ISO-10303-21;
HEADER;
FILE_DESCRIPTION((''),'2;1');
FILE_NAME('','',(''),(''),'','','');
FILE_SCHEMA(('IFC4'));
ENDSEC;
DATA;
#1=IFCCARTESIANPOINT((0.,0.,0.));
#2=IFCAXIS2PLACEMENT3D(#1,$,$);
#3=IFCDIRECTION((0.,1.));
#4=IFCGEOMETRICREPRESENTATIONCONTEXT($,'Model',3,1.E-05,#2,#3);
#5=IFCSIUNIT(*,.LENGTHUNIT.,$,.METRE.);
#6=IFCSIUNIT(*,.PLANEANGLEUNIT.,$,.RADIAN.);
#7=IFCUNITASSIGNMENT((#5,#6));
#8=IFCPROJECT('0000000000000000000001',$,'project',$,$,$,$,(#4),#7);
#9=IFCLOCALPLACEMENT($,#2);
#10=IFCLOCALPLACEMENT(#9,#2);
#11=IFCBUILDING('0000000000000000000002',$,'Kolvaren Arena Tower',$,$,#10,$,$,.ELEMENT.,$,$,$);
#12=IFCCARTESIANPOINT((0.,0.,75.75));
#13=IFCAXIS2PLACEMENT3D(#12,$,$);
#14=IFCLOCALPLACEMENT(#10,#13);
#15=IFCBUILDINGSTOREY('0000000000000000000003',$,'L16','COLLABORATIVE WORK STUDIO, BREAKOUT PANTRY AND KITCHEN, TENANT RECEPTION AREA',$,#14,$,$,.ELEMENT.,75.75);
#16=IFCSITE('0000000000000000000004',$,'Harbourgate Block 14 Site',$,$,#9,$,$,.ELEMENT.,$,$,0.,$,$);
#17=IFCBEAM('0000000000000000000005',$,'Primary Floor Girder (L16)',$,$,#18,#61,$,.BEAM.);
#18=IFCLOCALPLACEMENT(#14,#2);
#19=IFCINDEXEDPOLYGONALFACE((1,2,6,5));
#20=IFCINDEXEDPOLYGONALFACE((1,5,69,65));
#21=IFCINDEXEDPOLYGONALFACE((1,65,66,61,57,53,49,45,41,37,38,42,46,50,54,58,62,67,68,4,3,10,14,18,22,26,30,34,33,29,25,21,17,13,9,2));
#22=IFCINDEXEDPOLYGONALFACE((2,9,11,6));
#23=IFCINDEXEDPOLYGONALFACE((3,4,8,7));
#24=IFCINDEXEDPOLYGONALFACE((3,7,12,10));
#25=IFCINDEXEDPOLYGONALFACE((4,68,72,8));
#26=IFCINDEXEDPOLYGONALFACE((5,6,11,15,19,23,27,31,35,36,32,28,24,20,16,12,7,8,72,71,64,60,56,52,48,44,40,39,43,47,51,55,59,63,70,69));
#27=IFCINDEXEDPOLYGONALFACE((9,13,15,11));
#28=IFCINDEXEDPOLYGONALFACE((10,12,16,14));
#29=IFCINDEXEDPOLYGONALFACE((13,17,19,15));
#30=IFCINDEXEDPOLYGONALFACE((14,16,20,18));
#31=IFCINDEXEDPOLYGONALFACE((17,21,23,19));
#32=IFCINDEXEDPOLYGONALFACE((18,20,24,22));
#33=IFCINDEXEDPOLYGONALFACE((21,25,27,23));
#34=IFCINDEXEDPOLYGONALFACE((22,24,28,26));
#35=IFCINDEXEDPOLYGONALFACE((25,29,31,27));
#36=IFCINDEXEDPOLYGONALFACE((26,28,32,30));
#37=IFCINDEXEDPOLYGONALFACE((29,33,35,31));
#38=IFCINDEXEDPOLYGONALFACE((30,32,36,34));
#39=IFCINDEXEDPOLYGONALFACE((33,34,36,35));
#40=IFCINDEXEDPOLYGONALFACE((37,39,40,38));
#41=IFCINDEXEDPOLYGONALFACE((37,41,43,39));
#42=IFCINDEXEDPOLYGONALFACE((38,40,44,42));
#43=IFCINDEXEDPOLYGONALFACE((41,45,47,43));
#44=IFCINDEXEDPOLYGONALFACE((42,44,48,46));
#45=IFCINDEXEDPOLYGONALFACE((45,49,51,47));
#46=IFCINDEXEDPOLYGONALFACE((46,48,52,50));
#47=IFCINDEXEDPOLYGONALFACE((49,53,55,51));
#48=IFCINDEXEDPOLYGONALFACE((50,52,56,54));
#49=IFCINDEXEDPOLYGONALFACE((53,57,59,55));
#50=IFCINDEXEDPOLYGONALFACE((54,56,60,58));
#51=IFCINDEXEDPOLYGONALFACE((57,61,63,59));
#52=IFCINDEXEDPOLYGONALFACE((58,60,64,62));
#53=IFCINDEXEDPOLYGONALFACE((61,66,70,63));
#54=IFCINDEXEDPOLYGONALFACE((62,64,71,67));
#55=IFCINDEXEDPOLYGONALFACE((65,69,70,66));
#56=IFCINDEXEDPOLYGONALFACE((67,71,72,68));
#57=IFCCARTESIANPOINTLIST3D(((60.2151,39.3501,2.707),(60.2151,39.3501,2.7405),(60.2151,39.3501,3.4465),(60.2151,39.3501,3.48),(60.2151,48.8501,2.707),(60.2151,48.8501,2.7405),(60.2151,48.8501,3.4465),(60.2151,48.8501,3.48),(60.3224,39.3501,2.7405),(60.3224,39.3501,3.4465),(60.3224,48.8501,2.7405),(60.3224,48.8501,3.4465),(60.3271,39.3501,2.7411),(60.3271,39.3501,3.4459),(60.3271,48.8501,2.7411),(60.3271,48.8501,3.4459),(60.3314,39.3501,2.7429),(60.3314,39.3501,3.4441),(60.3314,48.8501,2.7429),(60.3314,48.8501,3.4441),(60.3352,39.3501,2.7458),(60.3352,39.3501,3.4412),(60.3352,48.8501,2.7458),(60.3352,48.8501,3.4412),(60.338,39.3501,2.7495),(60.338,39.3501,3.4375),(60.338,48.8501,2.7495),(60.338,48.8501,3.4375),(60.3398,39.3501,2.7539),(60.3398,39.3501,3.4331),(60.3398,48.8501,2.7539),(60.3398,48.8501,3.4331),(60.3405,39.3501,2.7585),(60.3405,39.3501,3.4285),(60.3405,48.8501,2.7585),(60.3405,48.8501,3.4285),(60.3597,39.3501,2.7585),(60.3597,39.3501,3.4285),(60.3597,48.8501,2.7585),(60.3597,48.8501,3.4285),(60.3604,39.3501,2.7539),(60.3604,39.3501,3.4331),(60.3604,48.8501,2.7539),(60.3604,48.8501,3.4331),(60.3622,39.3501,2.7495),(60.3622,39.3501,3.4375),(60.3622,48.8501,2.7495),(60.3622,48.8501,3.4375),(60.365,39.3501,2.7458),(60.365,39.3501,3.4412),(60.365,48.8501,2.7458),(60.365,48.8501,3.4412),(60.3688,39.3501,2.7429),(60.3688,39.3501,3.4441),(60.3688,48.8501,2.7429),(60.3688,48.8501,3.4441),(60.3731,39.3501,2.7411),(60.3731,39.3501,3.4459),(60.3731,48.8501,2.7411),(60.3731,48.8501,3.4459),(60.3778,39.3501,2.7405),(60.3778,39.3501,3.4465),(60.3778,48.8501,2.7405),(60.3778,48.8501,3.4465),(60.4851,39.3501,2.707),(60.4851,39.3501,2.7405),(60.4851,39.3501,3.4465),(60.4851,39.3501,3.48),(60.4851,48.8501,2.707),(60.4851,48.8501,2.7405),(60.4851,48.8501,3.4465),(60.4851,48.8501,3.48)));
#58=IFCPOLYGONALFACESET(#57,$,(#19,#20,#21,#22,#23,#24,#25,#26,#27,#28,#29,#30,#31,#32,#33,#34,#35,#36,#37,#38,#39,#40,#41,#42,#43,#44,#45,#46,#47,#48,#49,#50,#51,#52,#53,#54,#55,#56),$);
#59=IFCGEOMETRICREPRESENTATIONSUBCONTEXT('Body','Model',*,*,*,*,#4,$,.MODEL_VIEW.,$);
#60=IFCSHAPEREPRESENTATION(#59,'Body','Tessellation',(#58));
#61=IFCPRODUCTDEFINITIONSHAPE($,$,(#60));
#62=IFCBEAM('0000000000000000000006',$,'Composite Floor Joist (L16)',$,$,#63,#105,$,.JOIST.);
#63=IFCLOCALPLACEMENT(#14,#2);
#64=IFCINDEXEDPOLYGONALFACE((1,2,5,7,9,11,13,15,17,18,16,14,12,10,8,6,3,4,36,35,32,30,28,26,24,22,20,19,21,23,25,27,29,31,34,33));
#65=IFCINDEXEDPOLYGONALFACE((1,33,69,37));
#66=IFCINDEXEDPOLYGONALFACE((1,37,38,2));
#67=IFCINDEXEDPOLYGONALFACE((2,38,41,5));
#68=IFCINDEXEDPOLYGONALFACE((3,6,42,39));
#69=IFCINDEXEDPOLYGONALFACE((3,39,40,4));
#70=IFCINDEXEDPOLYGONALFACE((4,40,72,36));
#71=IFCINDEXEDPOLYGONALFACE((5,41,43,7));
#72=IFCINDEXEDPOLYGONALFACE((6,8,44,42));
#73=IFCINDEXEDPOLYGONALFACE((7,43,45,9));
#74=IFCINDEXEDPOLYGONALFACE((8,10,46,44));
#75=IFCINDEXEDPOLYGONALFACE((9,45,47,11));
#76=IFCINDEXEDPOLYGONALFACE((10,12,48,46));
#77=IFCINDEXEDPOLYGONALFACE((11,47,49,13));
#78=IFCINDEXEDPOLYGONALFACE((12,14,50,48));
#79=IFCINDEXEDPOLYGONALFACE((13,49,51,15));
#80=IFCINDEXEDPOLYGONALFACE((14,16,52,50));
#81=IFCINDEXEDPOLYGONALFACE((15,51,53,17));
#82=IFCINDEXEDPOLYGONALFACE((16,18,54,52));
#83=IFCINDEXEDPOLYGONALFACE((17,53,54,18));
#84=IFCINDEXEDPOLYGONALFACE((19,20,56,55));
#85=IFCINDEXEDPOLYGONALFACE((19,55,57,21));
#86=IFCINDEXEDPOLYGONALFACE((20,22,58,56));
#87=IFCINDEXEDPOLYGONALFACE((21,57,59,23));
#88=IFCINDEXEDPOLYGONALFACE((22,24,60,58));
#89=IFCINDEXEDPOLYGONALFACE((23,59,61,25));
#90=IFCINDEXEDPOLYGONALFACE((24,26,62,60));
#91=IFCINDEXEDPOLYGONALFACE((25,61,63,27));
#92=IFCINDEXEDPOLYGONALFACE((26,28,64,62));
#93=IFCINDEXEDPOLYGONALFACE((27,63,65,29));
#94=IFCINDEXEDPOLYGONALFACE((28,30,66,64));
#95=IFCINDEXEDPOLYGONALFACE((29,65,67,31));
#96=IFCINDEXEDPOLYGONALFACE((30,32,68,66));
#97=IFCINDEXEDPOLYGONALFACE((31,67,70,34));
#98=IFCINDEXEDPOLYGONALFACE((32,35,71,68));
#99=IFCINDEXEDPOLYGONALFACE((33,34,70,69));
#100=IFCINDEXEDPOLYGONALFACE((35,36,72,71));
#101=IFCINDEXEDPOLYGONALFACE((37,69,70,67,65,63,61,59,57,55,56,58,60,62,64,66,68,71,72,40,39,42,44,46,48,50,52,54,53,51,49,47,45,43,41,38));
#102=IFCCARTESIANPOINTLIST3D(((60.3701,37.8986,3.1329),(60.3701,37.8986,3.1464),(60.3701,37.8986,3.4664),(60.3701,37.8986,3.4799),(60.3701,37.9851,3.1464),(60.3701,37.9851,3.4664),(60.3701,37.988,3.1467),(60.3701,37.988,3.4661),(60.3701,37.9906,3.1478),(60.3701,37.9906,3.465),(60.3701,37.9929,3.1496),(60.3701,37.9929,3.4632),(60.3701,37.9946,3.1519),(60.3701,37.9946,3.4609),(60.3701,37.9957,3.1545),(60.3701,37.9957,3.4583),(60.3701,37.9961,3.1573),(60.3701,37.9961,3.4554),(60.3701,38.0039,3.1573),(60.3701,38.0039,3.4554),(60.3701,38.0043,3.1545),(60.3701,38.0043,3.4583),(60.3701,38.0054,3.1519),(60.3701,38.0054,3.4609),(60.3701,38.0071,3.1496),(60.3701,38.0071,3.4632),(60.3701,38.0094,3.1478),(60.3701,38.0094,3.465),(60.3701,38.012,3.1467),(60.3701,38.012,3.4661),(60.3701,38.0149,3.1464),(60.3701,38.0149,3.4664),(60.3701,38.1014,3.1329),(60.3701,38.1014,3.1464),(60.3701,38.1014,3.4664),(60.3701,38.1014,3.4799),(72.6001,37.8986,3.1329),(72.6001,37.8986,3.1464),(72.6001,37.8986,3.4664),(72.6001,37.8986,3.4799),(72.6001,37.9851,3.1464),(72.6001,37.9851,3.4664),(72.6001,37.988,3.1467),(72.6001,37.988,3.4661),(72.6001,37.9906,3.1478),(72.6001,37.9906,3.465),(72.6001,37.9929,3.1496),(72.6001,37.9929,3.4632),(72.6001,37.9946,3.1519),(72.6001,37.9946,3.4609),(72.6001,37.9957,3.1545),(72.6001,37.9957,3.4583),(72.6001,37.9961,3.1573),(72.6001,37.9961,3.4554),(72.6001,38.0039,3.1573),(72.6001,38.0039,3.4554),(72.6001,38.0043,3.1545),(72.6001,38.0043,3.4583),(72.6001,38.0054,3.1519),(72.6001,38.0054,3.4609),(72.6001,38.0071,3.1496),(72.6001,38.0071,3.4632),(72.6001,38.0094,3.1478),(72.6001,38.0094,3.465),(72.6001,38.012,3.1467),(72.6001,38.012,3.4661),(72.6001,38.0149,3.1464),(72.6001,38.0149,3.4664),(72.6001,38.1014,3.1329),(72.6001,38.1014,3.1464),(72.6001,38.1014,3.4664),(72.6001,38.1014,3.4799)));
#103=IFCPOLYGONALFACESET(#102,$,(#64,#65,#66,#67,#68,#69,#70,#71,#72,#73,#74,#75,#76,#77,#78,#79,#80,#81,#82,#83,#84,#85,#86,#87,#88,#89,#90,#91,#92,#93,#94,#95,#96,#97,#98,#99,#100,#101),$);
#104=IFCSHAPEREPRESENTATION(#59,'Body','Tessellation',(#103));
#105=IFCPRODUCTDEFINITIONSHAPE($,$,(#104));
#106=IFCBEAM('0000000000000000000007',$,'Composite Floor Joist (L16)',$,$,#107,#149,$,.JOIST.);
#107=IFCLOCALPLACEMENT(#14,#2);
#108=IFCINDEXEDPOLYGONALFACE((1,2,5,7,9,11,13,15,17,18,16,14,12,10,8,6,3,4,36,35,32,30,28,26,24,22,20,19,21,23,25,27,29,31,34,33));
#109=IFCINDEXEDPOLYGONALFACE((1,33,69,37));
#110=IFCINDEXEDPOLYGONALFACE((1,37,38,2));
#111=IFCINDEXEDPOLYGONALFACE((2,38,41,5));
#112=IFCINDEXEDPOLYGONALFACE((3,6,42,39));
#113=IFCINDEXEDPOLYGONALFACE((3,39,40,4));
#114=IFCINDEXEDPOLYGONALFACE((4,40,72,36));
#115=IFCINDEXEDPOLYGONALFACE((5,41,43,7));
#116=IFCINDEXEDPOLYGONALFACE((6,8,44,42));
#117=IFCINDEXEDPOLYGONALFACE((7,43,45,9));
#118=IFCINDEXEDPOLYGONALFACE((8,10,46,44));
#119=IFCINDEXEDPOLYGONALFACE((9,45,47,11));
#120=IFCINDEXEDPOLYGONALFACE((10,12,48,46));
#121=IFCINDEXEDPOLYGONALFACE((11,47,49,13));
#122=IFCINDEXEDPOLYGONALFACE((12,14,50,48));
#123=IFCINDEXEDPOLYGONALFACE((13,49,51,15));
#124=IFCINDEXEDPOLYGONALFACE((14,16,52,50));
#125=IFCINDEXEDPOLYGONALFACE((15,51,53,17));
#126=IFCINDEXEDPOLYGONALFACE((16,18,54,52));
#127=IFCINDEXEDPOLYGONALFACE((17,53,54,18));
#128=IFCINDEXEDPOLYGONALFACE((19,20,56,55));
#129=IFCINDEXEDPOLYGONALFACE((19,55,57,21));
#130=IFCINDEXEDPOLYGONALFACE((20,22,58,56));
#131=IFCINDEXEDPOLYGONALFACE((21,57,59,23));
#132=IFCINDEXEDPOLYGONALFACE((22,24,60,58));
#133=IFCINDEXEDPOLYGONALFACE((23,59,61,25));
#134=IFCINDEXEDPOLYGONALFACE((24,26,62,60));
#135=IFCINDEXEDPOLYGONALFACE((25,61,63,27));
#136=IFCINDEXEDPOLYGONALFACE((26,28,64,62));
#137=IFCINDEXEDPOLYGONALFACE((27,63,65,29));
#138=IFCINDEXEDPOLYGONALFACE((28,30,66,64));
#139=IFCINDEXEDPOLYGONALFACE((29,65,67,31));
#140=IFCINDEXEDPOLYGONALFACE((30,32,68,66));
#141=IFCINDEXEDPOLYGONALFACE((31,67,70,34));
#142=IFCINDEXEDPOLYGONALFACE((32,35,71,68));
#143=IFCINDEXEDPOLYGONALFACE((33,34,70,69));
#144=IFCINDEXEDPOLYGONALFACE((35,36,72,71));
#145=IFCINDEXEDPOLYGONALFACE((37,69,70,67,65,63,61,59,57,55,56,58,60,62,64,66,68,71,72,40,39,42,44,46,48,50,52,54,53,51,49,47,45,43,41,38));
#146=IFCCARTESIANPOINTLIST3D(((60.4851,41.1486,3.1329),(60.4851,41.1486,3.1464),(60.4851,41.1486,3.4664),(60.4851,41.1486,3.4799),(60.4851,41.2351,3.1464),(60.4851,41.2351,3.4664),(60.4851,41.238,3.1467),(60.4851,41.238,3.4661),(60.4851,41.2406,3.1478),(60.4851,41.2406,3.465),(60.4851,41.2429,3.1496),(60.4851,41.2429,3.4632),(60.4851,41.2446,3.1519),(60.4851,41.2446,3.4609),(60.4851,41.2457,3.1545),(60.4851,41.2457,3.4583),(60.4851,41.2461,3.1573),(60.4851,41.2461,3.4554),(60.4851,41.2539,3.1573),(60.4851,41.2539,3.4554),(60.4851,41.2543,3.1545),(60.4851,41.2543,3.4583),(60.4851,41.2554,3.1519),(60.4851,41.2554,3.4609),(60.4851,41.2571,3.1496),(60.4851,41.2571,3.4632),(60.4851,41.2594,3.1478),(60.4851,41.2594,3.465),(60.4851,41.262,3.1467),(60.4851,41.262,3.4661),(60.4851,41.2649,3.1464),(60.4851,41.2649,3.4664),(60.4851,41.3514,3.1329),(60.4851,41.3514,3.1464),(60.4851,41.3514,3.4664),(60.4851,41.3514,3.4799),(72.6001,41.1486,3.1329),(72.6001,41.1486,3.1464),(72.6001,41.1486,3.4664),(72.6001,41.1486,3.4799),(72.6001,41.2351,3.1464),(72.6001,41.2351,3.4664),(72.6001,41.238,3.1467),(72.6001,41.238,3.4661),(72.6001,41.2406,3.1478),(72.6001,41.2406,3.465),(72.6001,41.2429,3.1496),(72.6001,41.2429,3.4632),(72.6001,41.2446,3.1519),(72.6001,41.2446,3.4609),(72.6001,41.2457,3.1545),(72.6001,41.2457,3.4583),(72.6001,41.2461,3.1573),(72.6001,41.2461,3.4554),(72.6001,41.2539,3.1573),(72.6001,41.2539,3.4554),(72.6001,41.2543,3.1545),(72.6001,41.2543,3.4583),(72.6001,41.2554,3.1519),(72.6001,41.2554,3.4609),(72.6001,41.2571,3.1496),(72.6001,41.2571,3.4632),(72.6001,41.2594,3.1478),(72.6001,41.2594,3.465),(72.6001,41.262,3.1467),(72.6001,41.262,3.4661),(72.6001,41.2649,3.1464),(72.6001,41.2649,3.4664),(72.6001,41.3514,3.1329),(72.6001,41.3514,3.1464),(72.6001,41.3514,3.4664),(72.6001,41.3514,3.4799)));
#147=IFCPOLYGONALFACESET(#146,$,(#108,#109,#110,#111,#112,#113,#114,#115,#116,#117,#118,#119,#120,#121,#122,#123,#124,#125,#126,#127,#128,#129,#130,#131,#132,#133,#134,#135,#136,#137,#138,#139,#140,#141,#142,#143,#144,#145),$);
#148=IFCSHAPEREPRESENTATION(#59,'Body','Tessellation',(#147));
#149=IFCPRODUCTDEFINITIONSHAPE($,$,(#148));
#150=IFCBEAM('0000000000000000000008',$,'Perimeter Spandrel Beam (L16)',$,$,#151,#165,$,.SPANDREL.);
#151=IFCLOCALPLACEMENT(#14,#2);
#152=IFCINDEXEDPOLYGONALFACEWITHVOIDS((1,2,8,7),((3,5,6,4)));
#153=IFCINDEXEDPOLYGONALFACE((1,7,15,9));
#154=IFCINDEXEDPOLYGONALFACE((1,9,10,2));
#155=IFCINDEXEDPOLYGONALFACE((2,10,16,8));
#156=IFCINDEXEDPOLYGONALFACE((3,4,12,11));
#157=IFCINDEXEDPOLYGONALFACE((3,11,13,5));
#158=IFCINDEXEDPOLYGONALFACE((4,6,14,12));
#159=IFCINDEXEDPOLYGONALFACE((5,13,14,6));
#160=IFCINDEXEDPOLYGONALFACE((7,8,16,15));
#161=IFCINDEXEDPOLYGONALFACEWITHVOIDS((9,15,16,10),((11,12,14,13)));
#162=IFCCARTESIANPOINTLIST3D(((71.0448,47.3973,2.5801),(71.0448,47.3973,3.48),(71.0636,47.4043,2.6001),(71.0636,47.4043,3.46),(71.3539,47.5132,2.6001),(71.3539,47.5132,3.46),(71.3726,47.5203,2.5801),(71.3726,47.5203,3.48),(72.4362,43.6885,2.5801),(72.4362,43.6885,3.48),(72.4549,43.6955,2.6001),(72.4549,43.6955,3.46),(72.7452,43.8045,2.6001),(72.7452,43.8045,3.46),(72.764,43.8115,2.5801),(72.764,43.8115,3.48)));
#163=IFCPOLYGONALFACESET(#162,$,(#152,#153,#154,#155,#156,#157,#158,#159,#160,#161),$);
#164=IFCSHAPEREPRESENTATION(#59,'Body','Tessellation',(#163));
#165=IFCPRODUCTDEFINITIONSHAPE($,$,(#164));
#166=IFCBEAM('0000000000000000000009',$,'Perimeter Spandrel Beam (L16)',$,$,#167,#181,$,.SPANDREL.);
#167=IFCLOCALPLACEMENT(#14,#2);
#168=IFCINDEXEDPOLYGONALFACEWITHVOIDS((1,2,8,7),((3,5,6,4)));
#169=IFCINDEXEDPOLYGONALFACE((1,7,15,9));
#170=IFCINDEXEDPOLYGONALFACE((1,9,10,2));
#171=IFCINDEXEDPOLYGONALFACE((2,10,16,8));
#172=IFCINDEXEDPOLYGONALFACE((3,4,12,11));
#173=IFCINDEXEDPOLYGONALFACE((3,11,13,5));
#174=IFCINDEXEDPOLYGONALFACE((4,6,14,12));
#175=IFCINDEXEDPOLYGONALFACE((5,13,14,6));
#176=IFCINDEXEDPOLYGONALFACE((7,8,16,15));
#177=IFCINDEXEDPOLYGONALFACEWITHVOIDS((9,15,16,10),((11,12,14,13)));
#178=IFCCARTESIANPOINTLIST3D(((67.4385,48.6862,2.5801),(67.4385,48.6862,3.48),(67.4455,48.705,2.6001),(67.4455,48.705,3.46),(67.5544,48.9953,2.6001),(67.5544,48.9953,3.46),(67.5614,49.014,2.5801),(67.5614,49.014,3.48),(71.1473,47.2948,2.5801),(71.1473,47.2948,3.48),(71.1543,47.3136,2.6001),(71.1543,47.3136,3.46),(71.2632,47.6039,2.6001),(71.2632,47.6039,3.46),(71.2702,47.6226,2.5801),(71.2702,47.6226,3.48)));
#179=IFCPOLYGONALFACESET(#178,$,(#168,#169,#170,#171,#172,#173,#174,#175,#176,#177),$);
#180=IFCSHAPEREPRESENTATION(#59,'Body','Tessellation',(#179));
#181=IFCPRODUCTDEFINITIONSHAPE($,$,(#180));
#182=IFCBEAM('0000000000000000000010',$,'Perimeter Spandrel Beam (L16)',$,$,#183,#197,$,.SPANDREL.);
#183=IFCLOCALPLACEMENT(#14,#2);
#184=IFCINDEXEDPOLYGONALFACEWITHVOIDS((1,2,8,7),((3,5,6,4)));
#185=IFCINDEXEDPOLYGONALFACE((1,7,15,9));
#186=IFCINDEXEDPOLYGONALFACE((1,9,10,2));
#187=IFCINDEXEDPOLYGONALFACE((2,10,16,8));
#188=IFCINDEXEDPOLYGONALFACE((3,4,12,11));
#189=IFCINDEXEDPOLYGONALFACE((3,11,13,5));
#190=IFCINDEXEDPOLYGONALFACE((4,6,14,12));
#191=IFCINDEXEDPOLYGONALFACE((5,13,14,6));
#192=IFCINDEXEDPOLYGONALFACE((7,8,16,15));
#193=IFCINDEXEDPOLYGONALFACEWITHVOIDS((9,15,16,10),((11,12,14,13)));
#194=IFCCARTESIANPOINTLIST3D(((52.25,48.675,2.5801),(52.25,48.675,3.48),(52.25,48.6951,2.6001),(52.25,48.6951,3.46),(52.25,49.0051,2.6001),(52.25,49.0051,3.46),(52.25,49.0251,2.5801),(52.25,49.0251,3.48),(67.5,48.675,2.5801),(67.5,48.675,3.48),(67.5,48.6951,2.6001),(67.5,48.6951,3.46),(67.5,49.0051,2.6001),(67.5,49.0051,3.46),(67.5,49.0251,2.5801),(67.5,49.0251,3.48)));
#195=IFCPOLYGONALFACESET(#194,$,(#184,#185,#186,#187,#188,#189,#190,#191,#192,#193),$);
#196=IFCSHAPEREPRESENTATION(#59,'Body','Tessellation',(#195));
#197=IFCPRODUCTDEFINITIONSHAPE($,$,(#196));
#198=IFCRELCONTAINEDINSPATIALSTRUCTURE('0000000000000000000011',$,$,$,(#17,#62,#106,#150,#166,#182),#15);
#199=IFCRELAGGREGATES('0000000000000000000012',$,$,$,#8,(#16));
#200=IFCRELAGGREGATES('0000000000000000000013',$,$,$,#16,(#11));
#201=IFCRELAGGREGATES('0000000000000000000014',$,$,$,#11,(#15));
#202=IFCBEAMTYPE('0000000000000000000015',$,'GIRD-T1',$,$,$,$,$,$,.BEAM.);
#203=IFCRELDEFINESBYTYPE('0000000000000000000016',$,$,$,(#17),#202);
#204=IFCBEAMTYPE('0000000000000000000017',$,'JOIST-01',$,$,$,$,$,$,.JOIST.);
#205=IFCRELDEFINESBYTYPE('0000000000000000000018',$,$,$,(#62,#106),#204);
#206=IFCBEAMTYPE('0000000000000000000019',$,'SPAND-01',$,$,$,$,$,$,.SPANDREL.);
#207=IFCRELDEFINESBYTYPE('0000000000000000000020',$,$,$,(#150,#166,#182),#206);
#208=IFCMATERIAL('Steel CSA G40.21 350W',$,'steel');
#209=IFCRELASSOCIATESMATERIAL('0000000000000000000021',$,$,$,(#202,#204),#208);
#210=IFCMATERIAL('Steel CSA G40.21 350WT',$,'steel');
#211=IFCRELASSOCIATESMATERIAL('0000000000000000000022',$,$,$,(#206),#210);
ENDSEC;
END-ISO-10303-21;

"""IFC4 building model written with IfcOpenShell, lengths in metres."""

from ifc_helpers import new_model, si_unit, direction, frame, origin, origin_2d, place, context, subcontext, project, spatial, hollow_rectangle, i_section, extrude, material, material_profile, profile_set, type_object, element, save


model = new_model("IFC4")

# Units and contexts
model_context = context("Model", 3, precision=1e-05, world=origin(), true_north=direction((0.0, 1.0)))
body_context = subcontext(model_context, "Body", "Model", "MODEL_VIEW")
ifc_project = project(units=[si_unit("LENGTHUNIT", "METRE"), si_unit("PLANEANGLEUNIT", "RADIAN")], contexts=[model_context])

# Site, building, storey
site_placement = place(None, origin())
site = spatial("IfcSite", under=ifc_project, at=site_placement, Name="Harbourgate Block 14 Site", CompositionType="ELEMENT", RefElevation=0.0)
building_placement = place(site_placement, origin())
building = spatial("IfcBuilding", under=site, at=building_placement, Name="Kolvaren Arena Tower", CompositionType="ELEMENT")
storey_placement = place(building_placement, frame((0.0, 0.0, 75.75)))
storey = spatial("IfcBuildingStorey", under=building, at=storey_placement, Name="L16", Description="COLLABORATIVE WORK STUDIO, BREAKOUT PANTRY AND KITCHEN, TENANT RECEPTION AREA", CompositionType="ELEMENT", Elevation=75.75)

# Beams
ifc_material_1 = material(Name="Steel CSA G40.21 350W", Category="steel")
ifc_material_profile_1 = material_profile(ifc_material_1, i_section(OverallWidth=0.27, OverallDepth=0.7729, WebThickness=0.0193, FlangeThickness=0.0334, FilletRadius=0.0181, at=origin_2d()), Name="W760x257")
ifc_profile_set_1 = profile_set([ifc_material_profile_1], Name="Steel CSA G40.21 350W")
beam_type_1 = type_object("IfcBeamType", Name="GIRD-T1", PredefinedType="BEAM", material=ifc_profile_set_1)
beam_1_placement = place(storey_placement, frame((60.3501, 39.3501, 3.0935), z_axis=(0.0, 1.0, 0.0), x_axis=(-1.0, 0.0, 0.0)))
element("IfcBeam", 1, at=beam_1_placement, inside=storey, type_object=beam_type_1, Name="Primary Floor Girder (L16)", PredefinedType="BEAM", context=body_context, shape_type="SweptSolid", body=[
    extrude(i_section(OverallWidth=0.27, OverallDepth=0.7729, WebThickness=0.0193, FlangeThickness=0.0334, FilletRadius=0.0181, at=origin_2d()), origin(), (0.0, 0.0, 1.0), 9.5),
])
ifc_material_profile_2 = material_profile(ifc_material_1, i_section(OverallWidth=0.2029, OverallDepth=0.3469, WebThickness=0.0078, FlangeThickness=0.0134, FilletRadius=0.011, at=origin_2d()), Name="W360x64")
ifc_profile_set_2 = profile_set([ifc_material_profile_2], Name="Steel CSA G40.21 350W")
beam_type_2 = type_object("IfcBeamType", Name="JOIST-01", PredefinedType="JOIST", material=ifc_profile_set_2)
beam_2_placement = place(storey_placement, frame((60.3701, 38.0, 3.3064), z_axis=(1.0, 0.0, 0.0), x_axis=(0.0, 1.0, 0.0)))
element("IfcBeam", 2, at=beam_2_placement, inside=storey, type_object=beam_type_2, Name="Composite Floor Joist (L16)", PredefinedType="JOIST", context=body_context, shape_type="SweptSolid", body=[
    extrude(i_section(OverallWidth=0.2029, OverallDepth=0.3469, WebThickness=0.0078, FlangeThickness=0.0134, FilletRadius=0.011, at=origin_2d()), origin(), (0.0, 0.0, 1.0), 12.23),
])
beam_3_placement = place(storey_placement, frame((60.4851, 41.25, 3.3064), z_axis=(1.0, 0.0, 0.0), x_axis=(0.0, 1.0, 0.0)))
element("IfcBeam", 3, at=beam_3_placement, inside=storey, type_object=beam_type_2, Name="Composite Floor Joist (L16)", PredefinedType="JOIST", context=body_context, shape_type="SweptSolid", body=[
    extrude(i_section(OverallWidth=0.2029, OverallDepth=0.3469, WebThickness=0.0078, FlangeThickness=0.0134, FilletRadius=0.011, at=origin_2d()), origin(), (0.0, 0.0, 1.0), 12.115),
])
ifc_material_2 = material(Name="Steel CSA G40.21 350WT", Category="steel")
ifc_material_profile_3 = material_profile(ifc_material_2, hollow_rectangle(XDim=0.3501, YDim=0.8999, WallThickness=0.02, at=origin_2d()), Name="HSS 900x350x20")
ifc_profile_set_3 = profile_set([ifc_material_profile_3], Name="Steel CSA G40.21 350WT")
beam_type_3 = type_object("IfcBeamType", Name="SPAND-01", PredefinedType="SPANDREL", material=ifc_profile_set_3)
for number, where, z_axis, x_axis, name in (
    (4, (72.6001, 43.75, 3.03), (-0.351252, 0.936281, 0.0), (-0.936281, -0.351252, 0.0), "Perimeter Spandrel Beam (L16)"),
    (5, (71.2087, 47.4587, 3.03), (-0.936281, 0.351252, 0.0), (-0.351252, -0.936281, 0.0), "Perimeter Spandrel Beam (L16)"),
):
    element("IfcBeam", number, at=place(storey_placement, frame(where, z_axis=z_axis, x_axis=x_axis)), inside=storey, type_object=beam_type_3, Name=name, PredefinedType="SPANDREL", context=body_context, shape_type="SweptSolid", body=[
        extrude(hollow_rectangle(XDim=0.3501, YDim=0.8999, WallThickness=0.02, at=origin_2d()), origin(), (0.0, 0.0, 1.0), 3.9612),
    ])
beam_4_placement = place(storey_placement, frame((67.5, 48.8501, 3.03), z_axis=(-1.0, 0.0, 0.0), x_axis=(0.0, -1.0, 0.0)))
element("IfcBeam", 6, at=beam_4_placement, inside=storey, type_object=beam_type_3, Name="Perimeter Spandrel Beam (L16)", PredefinedType="SPANDREL", context=body_context, shape_type="SweptSolid", body=[
    extrude(hollow_rectangle(XDim=0.3501, YDim=0.8999, WallThickness=0.02, at=origin_2d()), origin(), (0.0, 0.0, 1.0), 15.25),
])

save(model, "model.ifc")
